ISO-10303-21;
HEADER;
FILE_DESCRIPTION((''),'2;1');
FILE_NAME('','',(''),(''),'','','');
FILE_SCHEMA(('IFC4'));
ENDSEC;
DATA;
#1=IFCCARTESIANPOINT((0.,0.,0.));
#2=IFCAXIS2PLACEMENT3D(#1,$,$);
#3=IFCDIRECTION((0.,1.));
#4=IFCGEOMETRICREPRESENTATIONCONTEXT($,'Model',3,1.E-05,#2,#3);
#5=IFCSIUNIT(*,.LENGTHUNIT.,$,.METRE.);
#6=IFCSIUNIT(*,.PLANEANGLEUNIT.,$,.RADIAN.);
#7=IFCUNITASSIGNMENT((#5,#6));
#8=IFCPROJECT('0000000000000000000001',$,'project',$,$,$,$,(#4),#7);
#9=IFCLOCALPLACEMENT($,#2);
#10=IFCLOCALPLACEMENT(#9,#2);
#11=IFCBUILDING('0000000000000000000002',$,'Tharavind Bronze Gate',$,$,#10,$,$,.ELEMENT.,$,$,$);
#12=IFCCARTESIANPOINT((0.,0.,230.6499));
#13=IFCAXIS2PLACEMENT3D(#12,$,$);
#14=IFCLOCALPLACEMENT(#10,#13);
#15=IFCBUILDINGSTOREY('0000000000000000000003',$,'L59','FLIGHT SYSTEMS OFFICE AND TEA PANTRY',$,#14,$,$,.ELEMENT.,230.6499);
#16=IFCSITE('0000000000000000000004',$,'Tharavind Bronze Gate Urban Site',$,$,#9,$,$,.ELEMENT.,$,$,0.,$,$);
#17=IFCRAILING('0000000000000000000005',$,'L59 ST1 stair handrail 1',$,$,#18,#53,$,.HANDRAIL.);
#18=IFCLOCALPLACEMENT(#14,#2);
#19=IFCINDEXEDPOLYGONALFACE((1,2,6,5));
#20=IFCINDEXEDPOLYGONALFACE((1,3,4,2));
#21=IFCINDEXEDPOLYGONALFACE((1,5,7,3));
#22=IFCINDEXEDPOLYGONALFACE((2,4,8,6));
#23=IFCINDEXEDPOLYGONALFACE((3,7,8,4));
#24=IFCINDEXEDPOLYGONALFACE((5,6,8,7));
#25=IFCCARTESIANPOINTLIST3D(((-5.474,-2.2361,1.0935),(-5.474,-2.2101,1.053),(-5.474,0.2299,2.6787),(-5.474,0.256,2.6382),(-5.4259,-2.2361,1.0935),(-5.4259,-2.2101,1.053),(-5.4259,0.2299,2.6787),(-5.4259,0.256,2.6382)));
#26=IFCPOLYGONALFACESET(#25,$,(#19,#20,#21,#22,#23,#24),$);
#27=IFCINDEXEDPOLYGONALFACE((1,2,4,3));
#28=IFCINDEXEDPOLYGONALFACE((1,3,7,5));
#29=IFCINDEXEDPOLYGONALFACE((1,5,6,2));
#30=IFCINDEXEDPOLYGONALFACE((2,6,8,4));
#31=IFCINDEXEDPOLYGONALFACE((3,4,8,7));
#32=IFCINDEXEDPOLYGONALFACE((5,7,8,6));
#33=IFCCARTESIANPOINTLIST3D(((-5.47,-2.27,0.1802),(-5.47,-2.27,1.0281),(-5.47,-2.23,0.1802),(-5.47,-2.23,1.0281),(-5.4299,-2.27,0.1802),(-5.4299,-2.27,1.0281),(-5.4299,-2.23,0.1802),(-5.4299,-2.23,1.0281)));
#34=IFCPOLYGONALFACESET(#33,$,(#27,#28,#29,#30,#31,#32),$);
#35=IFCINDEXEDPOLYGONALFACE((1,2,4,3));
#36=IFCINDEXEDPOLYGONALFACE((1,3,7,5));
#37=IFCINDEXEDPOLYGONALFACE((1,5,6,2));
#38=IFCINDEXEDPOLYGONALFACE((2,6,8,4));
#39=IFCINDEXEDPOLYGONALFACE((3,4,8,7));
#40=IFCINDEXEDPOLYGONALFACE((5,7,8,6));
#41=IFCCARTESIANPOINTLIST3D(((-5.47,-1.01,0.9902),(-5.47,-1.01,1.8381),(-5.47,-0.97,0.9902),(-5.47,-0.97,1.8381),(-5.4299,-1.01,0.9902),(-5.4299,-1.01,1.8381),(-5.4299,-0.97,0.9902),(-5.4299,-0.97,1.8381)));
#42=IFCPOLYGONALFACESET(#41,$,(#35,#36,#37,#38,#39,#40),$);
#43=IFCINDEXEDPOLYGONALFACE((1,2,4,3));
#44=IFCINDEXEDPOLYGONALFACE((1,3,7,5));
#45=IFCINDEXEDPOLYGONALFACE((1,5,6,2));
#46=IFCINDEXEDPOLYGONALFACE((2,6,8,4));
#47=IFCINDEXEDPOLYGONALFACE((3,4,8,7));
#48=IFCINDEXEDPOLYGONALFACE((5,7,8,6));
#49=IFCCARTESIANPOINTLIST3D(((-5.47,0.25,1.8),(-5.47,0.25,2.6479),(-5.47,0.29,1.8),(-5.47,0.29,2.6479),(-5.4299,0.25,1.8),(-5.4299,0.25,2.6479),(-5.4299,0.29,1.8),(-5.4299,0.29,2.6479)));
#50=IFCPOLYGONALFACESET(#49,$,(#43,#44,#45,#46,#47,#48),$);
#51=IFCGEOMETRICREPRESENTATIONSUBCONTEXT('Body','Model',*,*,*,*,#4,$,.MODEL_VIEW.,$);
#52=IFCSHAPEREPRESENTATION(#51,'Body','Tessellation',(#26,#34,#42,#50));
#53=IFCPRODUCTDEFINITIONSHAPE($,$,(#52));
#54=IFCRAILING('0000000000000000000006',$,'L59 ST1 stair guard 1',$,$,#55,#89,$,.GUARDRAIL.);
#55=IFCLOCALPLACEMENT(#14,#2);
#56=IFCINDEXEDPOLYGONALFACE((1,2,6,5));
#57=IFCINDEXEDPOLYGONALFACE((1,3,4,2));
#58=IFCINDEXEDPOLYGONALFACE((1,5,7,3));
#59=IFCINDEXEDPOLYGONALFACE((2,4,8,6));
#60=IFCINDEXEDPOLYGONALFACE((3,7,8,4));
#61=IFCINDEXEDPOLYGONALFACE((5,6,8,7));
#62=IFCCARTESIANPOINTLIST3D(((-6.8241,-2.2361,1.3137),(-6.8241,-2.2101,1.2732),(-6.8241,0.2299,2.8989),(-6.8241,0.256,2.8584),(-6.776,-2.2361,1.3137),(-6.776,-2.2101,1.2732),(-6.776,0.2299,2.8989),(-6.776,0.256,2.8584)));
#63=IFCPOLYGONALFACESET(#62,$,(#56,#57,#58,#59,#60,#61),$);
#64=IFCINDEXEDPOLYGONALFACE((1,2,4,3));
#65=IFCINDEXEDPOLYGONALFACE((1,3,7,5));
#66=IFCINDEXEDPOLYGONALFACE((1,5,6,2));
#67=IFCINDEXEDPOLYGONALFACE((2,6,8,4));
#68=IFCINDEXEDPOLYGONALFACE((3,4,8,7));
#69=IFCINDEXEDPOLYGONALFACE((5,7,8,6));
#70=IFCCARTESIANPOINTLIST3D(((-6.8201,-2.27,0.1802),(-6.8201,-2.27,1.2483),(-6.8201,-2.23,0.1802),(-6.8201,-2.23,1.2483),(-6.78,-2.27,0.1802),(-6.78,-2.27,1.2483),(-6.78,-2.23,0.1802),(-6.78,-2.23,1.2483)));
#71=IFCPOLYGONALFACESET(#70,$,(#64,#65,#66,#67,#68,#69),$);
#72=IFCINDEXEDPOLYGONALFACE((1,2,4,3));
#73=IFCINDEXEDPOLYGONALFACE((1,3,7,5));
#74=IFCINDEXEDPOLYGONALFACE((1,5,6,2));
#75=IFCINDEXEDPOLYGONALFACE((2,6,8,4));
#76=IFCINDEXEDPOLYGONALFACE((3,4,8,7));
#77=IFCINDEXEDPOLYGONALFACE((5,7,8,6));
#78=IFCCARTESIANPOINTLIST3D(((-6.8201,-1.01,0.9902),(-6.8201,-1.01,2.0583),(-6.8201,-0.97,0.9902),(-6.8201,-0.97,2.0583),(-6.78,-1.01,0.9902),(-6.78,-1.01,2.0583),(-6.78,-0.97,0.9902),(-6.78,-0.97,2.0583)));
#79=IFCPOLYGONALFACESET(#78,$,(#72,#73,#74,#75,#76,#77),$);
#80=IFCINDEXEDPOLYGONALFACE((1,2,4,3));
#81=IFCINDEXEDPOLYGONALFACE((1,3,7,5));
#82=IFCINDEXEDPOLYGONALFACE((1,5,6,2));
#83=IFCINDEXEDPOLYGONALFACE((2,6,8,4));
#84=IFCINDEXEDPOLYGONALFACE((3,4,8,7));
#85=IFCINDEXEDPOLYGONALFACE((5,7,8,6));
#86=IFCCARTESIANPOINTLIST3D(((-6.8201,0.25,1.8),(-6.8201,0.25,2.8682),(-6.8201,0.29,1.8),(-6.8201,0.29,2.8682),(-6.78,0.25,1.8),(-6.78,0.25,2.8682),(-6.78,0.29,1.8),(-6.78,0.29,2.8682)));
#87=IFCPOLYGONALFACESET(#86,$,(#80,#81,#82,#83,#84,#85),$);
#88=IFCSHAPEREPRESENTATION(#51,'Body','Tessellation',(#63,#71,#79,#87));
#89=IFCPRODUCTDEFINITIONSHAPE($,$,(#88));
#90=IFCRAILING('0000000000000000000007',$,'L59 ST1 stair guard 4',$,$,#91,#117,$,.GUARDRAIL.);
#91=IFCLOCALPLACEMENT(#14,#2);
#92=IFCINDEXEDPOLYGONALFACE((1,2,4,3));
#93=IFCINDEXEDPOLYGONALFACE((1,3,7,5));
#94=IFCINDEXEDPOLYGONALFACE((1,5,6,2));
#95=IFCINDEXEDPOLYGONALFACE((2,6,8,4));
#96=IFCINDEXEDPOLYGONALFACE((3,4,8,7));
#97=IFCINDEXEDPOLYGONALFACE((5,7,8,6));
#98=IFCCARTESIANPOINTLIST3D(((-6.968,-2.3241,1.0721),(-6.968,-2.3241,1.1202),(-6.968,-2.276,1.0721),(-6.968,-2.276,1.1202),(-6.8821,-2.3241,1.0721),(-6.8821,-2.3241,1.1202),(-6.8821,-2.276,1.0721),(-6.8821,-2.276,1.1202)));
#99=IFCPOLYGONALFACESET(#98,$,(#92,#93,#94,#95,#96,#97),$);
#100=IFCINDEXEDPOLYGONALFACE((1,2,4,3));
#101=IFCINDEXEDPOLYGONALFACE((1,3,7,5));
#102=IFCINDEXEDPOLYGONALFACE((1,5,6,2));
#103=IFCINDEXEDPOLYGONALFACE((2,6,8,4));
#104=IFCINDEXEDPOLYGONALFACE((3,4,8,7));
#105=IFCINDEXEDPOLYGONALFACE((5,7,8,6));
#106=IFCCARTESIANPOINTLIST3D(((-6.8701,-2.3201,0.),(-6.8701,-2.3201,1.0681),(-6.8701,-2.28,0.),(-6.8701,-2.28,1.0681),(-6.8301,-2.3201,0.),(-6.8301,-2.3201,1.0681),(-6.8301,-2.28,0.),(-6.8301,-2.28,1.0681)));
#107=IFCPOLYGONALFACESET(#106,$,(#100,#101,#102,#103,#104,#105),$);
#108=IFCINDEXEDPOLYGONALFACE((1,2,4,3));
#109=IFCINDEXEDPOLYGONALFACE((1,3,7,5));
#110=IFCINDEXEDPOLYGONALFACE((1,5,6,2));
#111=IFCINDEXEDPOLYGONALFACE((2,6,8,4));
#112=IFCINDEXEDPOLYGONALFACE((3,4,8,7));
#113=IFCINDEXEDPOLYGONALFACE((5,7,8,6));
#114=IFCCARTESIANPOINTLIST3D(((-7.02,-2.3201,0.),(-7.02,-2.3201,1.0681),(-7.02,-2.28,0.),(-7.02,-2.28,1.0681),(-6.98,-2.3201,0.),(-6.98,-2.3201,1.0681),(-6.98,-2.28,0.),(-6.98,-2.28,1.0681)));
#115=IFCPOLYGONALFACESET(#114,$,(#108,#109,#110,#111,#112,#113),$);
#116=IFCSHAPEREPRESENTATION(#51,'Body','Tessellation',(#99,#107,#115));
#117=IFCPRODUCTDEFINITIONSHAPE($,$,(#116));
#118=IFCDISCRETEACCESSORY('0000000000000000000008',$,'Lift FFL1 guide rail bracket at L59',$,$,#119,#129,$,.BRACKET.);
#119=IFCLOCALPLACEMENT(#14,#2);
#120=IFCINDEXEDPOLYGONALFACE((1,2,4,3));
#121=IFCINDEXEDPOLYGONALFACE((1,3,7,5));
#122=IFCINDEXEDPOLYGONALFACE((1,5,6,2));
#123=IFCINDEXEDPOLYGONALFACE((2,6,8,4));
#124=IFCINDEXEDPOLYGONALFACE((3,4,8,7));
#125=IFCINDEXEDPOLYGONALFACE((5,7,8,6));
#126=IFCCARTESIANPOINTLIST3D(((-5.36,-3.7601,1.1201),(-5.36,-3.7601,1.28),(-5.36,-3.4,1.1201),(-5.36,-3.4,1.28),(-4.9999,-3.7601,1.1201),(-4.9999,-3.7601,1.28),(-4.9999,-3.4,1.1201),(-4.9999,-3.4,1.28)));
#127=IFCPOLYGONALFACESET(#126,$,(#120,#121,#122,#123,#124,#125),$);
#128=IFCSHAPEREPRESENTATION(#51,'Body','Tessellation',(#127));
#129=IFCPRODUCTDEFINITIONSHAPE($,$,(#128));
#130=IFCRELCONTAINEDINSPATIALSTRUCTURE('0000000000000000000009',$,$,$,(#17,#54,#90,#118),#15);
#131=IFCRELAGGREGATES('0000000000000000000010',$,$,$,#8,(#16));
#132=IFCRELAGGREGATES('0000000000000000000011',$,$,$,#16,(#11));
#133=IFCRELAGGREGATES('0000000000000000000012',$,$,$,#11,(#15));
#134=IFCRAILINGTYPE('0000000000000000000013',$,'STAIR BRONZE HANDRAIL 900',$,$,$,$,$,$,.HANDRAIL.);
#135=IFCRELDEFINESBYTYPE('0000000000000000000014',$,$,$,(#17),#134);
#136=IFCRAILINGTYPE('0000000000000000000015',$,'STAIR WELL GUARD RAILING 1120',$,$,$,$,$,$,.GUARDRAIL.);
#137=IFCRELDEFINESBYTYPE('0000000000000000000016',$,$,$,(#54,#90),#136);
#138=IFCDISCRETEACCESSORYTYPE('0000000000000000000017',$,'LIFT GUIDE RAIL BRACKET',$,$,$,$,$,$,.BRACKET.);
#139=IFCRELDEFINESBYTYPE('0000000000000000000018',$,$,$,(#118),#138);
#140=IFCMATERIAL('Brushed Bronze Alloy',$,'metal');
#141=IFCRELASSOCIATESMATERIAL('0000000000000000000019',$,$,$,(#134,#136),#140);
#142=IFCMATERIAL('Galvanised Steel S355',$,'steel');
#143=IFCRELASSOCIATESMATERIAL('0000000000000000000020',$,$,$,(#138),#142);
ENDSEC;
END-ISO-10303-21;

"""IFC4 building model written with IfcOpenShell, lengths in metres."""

from ifc_helpers import new_model, si_unit, direction, frame, origin, origin_2d, place, context, subcontext, project, spatial, rectangle, extrude, material, type_object, element, save


model = new_model("IFC4")

# Units and contexts
model_context = context("Model", 3, precision=1e-05, world=origin(), true_north=direction((0.0, 1.0)))
body_context = subcontext(model_context, "Body", "Model", "MODEL_VIEW")
ifc_project = project(units=[si_unit("LENGTHUNIT", "METRE"), si_unit("PLANEANGLEUNIT", "RADIAN")], contexts=[model_context])

# Site, building, storey
site_placement = place(None, origin())
site = spatial("IfcSite", under=ifc_project, at=site_placement, Name="Tharavind Bronze Gate Urban Site", CompositionType="ELEMENT", RefElevation=0.0)
building_placement = place(site_placement, origin())
building = spatial("IfcBuilding", under=site, at=building_placement, Name="Tharavind Bronze Gate", CompositionType="ELEMENT")
storey_placement = place(building_placement, frame((0.0, 0.0, 230.6499)))
storey = spatial("IfcBuildingStorey", under=building, at=storey_placement, Name="L59", Description="FLIGHT SYSTEMS OFFICE AND TEA PANTRY", CompositionType="ELEMENT", Elevation=230.6499)

# Railings
ifc_material_1 = material(Name="Brushed Bronze Alloy", Category="metal")
railing_type_1 = type_object("IfcRailingType", Name="STAIR BRONZE HANDRAIL 900", PredefinedType="HANDRAIL", material=ifc_material_1)
railing_1_placement = place(storey_placement, frame((-5.45, -2.25, 0.1802)))
element("IfcRailing", 1, at=railing_1_placement, inside=storey, type_object=railing_type_1, Name="L59 ST1 stair handrail 1", PredefinedType="HANDRAIL", context=body_context, shape_type="SweptSolid", body=[
    extrude(rectangle(XDim=0.0481, YDim=0.0481, at=origin_2d()), frame((0.0, 0.0269, 0.8931), z_axis=(0.0, 0.8412, 0.540725), x_axis=(-1.0, 0.0, 0.0)), (0.0, 0.0, 1.0), 2.9316),
    extrude(rectangle(XDim=0.04, YDim=0.04, at=origin_2d()), origin(), (0.0, 0.0, 1.0), 0.8479),
    extrude(rectangle(XDim=0.04, YDim=0.04, at=origin_2d()), frame((0.0, 1.26, 0.8101)), (0.0, 0.0, 1.0), 0.8479),
    extrude(rectangle(XDim=0.04, YDim=0.04, at=origin_2d()), frame((0.0, 2.52, 1.6199)), (0.0, 0.0, 1.0), 0.8479),
])
railing_type_2 = type_object("IfcRailingType", Name="STAIR WELL GUARD RAILING 1120", PredefinedType="GUARDRAIL", material=ifc_material_1)
railing_2_placement = place(storey_placement, frame((-6.8, -2.25, 0.1802)))
element("IfcRailing", 2, at=railing_2_placement, inside=storey, type_object=railing_type_2, Name="L59 ST1 stair guard 1", PredefinedType="GUARDRAIL", context=body_context, shape_type="SweptSolid", body=[
    extrude(rectangle(XDim=0.0481, YDim=0.0481, at=origin_2d()), frame((0.0, 0.0269, 1.1133), z_axis=(0.0, 0.8412, 0.540725), x_axis=(-1.0, 0.0, 0.0)), (0.0, 0.0, 1.0), 2.9316),
    extrude(rectangle(XDim=0.04, YDim=0.04, at=origin_2d()), origin(), (0.0, 0.0, 1.0), 1.0681),
    extrude(rectangle(XDim=0.04, YDim=0.04, at=origin_2d()), frame((0.0, 1.26, 0.8101)), (0.0, 0.0, 1.0), 1.0681),
    extrude(rectangle(XDim=0.04, YDim=0.04, at=origin_2d()), frame((0.0, 2.52, 1.6199)), (0.0, 0.0, 1.0), 1.0681),
])
railing_3_placement = place(storey_placement, frame((-6.8501, -2.3, 0.0)))
element("IfcRailing", 3, at=railing_3_placement, inside=storey, type_object=railing_type_2, Name="L59 ST1 stair guard 4", PredefinedType="GUARDRAIL", context=body_context, shape_type="SweptSolid", body=[
    extrude(rectangle(XDim=0.0481, YDim=0.0481, at=origin_2d()), frame((-0.032, 0.0, 1.0962), z_axis=(-1.0, 0.0, 0.0), x_axis=(0.0, -1.0, 0.0)), (0.0, 0.0, 1.0), 0.0859),
    extrude(rectangle(XDim=0.04, YDim=0.04, at=origin_2d()), origin(), (0.0, 0.0, 1.0), 1.0681),
    extrude(rectangle(XDim=0.04, YDim=0.04, at=origin_2d()), frame((-0.1499, 0.0, 0.0)), (0.0, 0.0, 1.0), 1.0681),
])

# Discrete accessory
ifc_material_2 = material(Name="Galvanised Steel S355", Category="steel")
discrete_accessory_type = type_object("IfcDiscreteAccessoryType", Name="LIFT GUIDE RAIL BRACKET", PredefinedType="BRACKET", material=ifc_material_2)
discrete_accessory_placement = place(storey_placement, frame((-5.1799, -3.5801, 1.1201), z_axis=(0.0, 0.0, 1.0), x_axis=(1.0, 0.0, 0.0)))
element("IfcDiscreteAccessory", 4, at=discrete_accessory_placement, inside=storey, type_object=discrete_accessory_type, Name="Lift FFL1 guide rail bracket at L59", PredefinedType="BRACKET", context=body_context, shape_type="SweptSolid", body=[
    extrude(rectangle(XDim=0.3601, YDim=0.3601, at=origin_2d()), origin(), (0.0, 0.0, 1.0), 0.1599),
])

save(model, "model.ifc")
